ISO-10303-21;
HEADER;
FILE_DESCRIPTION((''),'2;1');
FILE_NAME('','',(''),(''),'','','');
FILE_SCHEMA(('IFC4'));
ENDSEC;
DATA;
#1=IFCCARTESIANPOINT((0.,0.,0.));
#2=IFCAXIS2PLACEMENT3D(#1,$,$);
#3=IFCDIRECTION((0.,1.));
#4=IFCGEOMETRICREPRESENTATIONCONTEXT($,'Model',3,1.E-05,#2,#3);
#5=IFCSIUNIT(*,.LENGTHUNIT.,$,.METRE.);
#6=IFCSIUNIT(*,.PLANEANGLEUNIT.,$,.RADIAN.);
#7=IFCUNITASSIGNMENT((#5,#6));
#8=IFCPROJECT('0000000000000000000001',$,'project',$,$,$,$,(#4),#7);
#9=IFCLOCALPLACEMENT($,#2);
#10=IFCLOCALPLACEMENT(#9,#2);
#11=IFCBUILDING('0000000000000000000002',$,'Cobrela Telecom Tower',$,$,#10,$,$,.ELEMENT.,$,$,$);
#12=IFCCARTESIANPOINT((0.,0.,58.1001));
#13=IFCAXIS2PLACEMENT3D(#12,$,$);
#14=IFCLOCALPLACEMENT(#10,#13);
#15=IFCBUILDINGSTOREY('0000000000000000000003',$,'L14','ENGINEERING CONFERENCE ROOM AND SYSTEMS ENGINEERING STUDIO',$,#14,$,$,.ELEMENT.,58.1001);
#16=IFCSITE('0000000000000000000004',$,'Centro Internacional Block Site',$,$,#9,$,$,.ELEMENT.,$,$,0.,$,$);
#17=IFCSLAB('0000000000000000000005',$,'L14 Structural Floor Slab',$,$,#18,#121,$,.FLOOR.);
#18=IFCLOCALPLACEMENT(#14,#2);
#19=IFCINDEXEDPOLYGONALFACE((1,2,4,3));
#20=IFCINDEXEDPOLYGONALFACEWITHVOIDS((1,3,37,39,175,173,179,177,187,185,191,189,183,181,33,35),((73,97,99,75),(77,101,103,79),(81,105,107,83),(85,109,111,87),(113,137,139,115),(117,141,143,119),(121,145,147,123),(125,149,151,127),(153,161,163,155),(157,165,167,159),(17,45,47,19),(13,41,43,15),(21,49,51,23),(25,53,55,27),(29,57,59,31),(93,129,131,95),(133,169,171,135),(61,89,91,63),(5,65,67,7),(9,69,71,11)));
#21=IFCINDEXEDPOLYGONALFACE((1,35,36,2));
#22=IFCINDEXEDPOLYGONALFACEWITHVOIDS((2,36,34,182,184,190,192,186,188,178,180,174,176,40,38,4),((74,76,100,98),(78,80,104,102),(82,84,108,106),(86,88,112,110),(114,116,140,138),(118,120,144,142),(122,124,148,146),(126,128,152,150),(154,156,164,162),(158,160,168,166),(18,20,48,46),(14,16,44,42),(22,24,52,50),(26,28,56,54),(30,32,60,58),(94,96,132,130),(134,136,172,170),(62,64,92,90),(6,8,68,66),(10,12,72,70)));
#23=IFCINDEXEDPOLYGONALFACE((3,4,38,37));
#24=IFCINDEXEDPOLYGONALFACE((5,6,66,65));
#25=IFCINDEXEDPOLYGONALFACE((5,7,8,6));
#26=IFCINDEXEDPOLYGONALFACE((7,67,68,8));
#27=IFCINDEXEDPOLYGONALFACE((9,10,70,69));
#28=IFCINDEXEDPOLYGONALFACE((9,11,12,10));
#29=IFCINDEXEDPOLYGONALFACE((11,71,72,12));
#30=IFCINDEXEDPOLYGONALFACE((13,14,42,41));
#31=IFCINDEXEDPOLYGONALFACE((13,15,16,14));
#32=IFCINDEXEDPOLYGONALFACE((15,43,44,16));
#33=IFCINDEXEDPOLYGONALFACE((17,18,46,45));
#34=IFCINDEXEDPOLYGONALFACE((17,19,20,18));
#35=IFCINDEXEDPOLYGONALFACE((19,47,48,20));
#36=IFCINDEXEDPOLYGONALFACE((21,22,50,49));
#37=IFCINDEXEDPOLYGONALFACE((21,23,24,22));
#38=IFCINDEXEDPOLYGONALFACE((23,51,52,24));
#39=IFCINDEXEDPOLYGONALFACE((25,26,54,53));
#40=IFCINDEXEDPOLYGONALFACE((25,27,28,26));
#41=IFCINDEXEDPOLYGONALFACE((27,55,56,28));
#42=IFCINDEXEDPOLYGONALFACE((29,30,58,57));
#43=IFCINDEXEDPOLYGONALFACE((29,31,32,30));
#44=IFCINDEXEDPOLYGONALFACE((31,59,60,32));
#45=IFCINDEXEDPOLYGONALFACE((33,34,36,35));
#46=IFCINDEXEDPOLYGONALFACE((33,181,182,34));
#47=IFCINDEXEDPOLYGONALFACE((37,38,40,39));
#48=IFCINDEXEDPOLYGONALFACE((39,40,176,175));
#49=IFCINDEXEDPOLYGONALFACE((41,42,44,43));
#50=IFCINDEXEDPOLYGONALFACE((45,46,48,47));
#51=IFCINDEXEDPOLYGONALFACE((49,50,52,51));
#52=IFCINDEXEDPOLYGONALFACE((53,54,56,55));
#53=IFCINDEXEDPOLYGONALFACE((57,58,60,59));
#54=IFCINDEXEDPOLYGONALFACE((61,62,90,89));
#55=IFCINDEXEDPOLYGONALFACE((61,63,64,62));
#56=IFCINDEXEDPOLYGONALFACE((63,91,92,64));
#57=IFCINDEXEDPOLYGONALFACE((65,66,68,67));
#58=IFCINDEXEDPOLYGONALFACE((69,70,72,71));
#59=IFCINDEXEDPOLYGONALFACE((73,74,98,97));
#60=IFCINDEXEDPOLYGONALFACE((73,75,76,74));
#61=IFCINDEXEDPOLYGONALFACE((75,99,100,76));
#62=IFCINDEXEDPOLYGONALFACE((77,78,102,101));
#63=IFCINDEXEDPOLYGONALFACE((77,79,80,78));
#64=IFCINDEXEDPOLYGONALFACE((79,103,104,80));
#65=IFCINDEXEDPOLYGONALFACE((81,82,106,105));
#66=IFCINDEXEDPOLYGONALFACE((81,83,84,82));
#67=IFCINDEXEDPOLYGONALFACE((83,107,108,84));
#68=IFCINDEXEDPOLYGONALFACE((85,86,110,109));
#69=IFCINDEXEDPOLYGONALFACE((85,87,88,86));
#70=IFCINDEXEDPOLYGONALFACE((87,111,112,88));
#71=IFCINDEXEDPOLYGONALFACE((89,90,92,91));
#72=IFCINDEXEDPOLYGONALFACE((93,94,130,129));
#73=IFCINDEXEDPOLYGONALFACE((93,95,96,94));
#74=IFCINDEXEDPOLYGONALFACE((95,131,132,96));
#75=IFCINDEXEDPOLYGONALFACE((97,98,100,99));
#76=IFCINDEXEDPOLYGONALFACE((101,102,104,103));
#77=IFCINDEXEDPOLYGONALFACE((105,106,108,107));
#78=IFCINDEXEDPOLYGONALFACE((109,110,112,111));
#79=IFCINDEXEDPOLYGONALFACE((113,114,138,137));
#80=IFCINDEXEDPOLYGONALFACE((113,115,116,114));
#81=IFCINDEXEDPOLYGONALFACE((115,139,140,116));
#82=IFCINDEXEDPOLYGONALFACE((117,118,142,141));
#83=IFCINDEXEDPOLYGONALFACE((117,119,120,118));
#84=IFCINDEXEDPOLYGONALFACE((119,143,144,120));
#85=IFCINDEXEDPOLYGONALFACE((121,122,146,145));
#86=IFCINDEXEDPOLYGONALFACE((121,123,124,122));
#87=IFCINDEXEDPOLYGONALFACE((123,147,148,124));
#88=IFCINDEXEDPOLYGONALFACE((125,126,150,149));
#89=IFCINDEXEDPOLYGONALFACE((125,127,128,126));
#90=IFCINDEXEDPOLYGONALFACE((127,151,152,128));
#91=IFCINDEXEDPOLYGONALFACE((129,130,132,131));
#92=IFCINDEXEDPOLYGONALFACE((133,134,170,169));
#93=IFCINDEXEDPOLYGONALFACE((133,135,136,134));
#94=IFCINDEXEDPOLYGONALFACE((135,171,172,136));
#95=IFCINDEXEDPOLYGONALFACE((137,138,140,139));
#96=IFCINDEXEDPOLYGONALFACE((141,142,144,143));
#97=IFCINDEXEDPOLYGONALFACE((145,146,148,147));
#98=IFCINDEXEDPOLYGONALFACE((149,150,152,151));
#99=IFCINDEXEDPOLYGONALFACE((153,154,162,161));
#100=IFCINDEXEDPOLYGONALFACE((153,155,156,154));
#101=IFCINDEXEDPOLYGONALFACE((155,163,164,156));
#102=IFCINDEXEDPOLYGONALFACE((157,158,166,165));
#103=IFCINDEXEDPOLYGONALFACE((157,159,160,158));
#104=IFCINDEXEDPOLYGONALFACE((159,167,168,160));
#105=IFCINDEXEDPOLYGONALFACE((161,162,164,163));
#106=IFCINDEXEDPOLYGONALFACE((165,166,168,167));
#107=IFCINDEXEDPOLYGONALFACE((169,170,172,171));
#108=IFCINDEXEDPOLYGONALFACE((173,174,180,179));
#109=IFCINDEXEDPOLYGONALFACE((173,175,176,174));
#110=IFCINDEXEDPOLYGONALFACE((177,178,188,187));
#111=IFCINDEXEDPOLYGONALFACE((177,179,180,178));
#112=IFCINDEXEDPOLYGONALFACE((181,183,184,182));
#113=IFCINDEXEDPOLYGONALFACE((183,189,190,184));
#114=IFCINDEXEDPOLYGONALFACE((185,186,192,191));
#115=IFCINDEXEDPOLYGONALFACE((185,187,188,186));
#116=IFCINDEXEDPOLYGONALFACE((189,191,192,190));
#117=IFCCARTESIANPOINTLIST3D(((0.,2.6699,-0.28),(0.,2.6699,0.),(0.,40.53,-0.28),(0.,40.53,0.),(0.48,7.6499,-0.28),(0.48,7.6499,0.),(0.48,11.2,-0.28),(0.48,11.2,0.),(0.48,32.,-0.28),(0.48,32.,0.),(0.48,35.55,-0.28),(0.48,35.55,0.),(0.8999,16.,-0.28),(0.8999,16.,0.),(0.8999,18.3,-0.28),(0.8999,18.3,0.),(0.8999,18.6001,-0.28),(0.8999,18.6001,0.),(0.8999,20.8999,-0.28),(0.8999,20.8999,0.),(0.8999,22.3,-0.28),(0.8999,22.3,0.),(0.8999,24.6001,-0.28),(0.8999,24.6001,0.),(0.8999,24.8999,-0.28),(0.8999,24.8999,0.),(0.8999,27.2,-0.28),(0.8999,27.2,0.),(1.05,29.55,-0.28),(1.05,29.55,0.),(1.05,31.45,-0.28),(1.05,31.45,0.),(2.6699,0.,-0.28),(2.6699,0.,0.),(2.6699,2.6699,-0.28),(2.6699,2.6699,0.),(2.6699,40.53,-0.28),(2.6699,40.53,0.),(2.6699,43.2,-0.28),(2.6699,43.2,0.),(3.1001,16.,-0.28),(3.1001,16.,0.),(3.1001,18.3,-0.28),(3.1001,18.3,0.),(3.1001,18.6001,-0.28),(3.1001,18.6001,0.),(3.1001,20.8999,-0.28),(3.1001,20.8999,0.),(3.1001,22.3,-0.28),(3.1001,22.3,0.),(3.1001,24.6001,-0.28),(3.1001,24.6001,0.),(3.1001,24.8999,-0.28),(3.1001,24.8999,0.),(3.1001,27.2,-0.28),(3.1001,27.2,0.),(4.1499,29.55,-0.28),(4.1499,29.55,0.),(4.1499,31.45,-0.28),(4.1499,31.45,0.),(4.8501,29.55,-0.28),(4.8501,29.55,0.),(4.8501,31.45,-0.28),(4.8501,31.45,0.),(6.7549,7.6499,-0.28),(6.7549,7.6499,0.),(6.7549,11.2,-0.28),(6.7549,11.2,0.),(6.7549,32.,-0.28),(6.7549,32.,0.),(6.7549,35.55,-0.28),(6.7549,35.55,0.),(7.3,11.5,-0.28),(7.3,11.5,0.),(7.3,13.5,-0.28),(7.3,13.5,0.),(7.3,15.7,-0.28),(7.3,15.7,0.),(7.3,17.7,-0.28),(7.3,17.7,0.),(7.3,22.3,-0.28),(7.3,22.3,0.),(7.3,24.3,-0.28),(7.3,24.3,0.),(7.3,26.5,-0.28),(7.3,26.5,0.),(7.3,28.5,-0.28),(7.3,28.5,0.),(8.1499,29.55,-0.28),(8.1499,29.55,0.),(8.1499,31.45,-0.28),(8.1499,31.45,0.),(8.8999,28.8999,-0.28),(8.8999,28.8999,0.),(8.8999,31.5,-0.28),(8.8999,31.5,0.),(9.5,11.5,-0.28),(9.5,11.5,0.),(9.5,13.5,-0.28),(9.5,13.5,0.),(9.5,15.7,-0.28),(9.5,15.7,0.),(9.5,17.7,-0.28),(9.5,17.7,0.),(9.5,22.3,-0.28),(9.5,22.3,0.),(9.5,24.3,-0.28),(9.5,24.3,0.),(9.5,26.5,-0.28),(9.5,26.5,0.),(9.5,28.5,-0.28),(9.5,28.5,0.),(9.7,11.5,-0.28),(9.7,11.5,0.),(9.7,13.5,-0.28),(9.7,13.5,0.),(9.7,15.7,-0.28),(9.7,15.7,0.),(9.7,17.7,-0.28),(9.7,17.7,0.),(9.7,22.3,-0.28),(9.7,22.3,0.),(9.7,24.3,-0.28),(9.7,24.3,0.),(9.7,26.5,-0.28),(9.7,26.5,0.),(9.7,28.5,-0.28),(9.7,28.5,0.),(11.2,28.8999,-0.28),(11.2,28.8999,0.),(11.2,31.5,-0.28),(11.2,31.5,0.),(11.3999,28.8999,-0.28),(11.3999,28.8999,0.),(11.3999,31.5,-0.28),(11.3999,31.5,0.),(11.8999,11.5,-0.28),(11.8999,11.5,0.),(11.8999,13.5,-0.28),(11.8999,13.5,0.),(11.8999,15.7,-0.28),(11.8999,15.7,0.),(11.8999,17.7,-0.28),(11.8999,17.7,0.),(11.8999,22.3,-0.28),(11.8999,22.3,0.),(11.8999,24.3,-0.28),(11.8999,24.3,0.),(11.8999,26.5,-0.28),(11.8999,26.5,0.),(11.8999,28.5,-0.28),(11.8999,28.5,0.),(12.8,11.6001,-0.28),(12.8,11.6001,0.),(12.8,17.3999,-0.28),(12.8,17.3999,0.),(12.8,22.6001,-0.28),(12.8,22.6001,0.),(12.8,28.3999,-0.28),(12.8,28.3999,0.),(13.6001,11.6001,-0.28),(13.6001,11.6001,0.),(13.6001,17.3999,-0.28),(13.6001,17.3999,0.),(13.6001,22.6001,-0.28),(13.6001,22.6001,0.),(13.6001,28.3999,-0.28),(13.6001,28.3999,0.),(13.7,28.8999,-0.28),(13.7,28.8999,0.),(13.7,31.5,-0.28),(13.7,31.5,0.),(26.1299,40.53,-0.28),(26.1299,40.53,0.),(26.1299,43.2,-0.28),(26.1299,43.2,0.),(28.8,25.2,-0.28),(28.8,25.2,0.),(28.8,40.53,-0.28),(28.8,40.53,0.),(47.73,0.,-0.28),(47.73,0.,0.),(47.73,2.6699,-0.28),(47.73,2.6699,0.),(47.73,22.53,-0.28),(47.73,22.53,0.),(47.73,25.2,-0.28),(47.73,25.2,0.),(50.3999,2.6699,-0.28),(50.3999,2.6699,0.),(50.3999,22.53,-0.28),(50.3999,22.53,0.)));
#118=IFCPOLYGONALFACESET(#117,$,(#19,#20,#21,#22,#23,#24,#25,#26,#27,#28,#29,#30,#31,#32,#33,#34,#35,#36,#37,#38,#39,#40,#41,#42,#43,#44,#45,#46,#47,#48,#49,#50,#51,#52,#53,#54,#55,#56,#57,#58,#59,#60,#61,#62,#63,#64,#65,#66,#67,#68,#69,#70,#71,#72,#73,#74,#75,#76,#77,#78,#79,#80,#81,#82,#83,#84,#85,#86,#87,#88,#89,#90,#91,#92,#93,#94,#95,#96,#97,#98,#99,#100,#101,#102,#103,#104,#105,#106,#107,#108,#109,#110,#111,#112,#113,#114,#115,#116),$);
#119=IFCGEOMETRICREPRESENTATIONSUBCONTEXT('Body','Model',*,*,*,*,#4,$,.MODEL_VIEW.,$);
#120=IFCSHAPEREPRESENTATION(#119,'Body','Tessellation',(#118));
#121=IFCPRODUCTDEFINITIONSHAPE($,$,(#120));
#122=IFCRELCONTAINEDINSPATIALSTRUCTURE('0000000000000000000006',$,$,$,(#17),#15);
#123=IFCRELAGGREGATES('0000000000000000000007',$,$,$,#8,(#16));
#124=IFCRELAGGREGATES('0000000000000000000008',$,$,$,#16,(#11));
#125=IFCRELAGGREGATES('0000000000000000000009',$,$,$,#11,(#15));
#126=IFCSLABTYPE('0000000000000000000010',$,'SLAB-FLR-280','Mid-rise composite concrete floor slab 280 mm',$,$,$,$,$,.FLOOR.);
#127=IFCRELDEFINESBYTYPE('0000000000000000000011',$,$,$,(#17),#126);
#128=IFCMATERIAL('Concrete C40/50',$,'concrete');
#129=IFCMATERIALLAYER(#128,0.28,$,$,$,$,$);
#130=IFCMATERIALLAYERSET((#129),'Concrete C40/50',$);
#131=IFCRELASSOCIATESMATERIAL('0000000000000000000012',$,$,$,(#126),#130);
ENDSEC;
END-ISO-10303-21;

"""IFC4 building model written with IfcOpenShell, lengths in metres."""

from ifc_helpers import new_model, si_unit, direction, frame, origin, place, context, subcontext, project, spatial, polyline, outline, extrude, material, layer, layer_set, type_object, element, save


model = new_model("IFC4")

# Units and contexts
model_context = context("Model", 3, precision=1e-05, world=origin(), true_north=direction((0.0, 1.0)))
body_context = subcontext(model_context, "Body", "Model", "MODEL_VIEW")
ifc_project = project(units=[si_unit("LENGTHUNIT", "METRE"), si_unit("PLANEANGLEUNIT", "RADIAN")], contexts=[model_context])

# Site, building, storey
site_placement = place(None, origin())
site = spatial("IfcSite", under=ifc_project, at=site_placement, Name="Centro Internacional Block Site", CompositionType="ELEMENT", RefElevation=0.0)
building_placement = place(site_placement, origin())
building = spatial("IfcBuilding", under=site, at=building_placement, Name="Cobrela Telecom Tower", CompositionType="ELEMENT")
storey_placement = place(building_placement, frame((0.0, 0.0, 58.1001)))
storey = spatial("IfcBuildingStorey", under=building, at=storey_placement, Name="L14", Description="ENGINEERING CONFERENCE ROOM AND SYSTEMS ENGINEERING STUDIO", CompositionType="ELEMENT", Elevation=58.1001)

# Slab, openings
ifc_material_1 = material(Name="Concrete C40/50", Category="concrete")
ifc_layer_1 = layer(ifc_material_1, 0.28)
ifc_layer_set_1 = layer_set([ifc_layer_1], Name="Concrete C40/50")
slab_type_1 = type_object("IfcSlabType", Name="SLAB-FLR-280", Description="Mid-rise composite concrete floor slab 280 mm", PredefinedType="FLOOR", material=ifc_layer_set_1)
slab_1_placement = place(storey_placement, frame((0.0, 0.0, -0.28)))
slab_1 = element("IfcSlab", 1, at=slab_1_placement, inside=storey, type_object=slab_type_1, Name="L14 Structural Floor Slab", PredefinedType="FLOOR", context=body_context, shape_type="SweptSolid", body=[
    extrude(outline(polyline([(2.6699, 0.0), (47.73, 0.0), (47.73, 2.6699), (50.3999, 2.6699), (50.3999, 22.53), (47.73, 22.53), (47.73, 25.2), (28.8, 25.2), (28.8, 40.53), (26.1299, 40.53), (26.1299, 43.2), (2.6699, 43.2), (2.6699, 40.53), (0.0, 40.53), (0.0, 2.6699), (2.6699, 2.6699), (2.6699, 0.0)])), origin(), (0.0, 0.0, 1.0), 0.28),
])
opening_1_placement = place(slab_1_placement, frame((0.0, 0.0, -0.02)))
element("IfcOpeningElement", 2, at=opening_1_placement, cuts=slab_1, PredefinedType="OPENING", context=body_context, shape_type="SweptSolid", body=[
    extrude(outline(polyline([(8.8999, 28.8999), (11.2, 28.8999), (11.2, 31.5), (8.8999, 31.5), (8.8999, 28.8999)])), origin(), (0.0, 0.0, 1.0), 0.3201),
])
opening_2_placement = place(slab_1_placement, frame((0.0, 0.0, -0.02)))
element("IfcOpeningElement", 3, at=opening_2_placement, cuts=slab_1, PredefinedType="OPENING", context=body_context, shape_type="SweptSolid", body=[
    extrude(outline(polyline([(11.3999, 28.8999), (13.7, 28.8999), (13.7, 31.5), (11.3999, 31.5), (11.3999, 28.8999)])), origin(), (0.0, 0.0, 1.0), 0.3201),
])
opening_3_placement = place(slab_1_placement, frame((0.0, 0.0, -0.02)))
element("IfcOpeningElement", 4, at=opening_3_placement, cuts=slab_1, PredefinedType="OPENING", context=body_context, shape_type="SweptSolid", body=[
    extrude(outline(polyline([(7.3, 22.3), (9.5, 22.3), (9.5, 24.3), (7.3, 24.3), (7.3, 22.3)])), origin(), (0.0, 0.0, 1.0), 0.3201),
])
opening_4_placement = place(slab_1_placement, frame((0.0, 0.0, -0.02)))
element("IfcOpeningElement", 5, at=opening_4_placement, cuts=slab_1, PredefinedType="OPENING", context=body_context, shape_type="SweptSolid", body=[
    extrude(outline(polyline([(9.7, 22.3), (11.8999, 22.3), (11.8999, 24.3), (9.7, 24.3), (9.7, 22.3)])), origin(), (0.0, 0.0, 1.0), 0.3201),
])
opening_5_placement = place(slab_1_placement, frame((0.0, 0.0, -0.02)))
element("IfcOpeningElement", 6, at=opening_5_placement, cuts=slab_1, PredefinedType="OPENING", context=body_context, shape_type="SweptSolid", body=[
    extrude(outline(polyline([(7.3, 26.5), (9.5, 26.5), (9.5, 28.5), (7.3, 28.5), (7.3, 26.5)])), origin(), (0.0, 0.0, 1.0), 0.3201),
])
opening_6_placement = place(slab_1_placement, frame((0.0, 0.0, -0.02)))
element("IfcOpeningElement", 7, at=opening_6_placement, cuts=slab_1, PredefinedType="OPENING", context=body_context, shape_type="SweptSolid", body=[
    extrude(outline(polyline([(9.7, 26.5), (11.8999, 26.5), (11.8999, 28.5), (9.7, 28.5), (9.7, 26.5)])), origin(), (0.0, 0.0, 1.0), 0.3201),
])
opening_7_placement = place(slab_1_placement, frame((0.0, 0.0, -0.02)))
element("IfcOpeningElement", 8, at=opening_7_placement, cuts=slab_1, PredefinedType="OPENING", context=body_context, shape_type="SweptSolid", body=[
    extrude(outline(polyline([(7.3, 15.7), (9.5, 15.7), (9.5, 17.7), (7.3, 17.7), (7.3, 15.7)])), origin(), (0.0, 0.0, 1.0), 0.3201),
])
opening_8_placement = place(slab_1_placement, frame((0.0, 0.0, -0.02)))
element("IfcOpeningElement", 9, at=opening_8_placement, cuts=slab_1, PredefinedType="OPENING", context=body_context, shape_type="SweptSolid", body=[
    extrude(outline(polyline([(9.7, 15.7), (11.8999, 15.7), (11.8999, 17.7), (9.7, 17.7), (9.7, 15.7)])), origin(), (0.0, 0.0, 1.0), 0.3201),
])
opening_9_placement = place(slab_1_placement, frame((0.0, 0.0, -0.02)))
element("IfcOpeningElement", 10, at=opening_9_placement, cuts=slab_1, PredefinedType="OPENING", context=body_context, shape_type="SweptSolid", body=[
    extrude(outline(polyline([(7.3, 11.5), (9.5, 11.5), (9.5, 13.5), (7.3, 13.5), (7.3, 11.5)])), origin(), (0.0, 0.0, 1.0), 0.3201),
])
opening_10_placement = place(slab_1_placement, frame((0.0, 0.0, -0.02)))
element("IfcOpeningElement", 11, at=opening_10_placement, cuts=slab_1, PredefinedType="OPENING", context=body_context, shape_type="SweptSolid", body=[
    extrude(outline(polyline([(9.7, 11.5), (11.8999, 11.5), (11.8999, 13.5), (9.7, 13.5), (9.7, 11.5)])), origin(), (0.0, 0.0, 1.0), 0.3201),
])
opening_11_placement = place(slab_1_placement, frame((0.0, 0.0, -0.02)))
element("IfcOpeningElement", 12, at=opening_11_placement, cuts=slab_1, PredefinedType="OPENING", context=body_context, shape_type="SweptSolid", body=[
    extrude(outline(polyline([(0.8999, 16.0), (3.1001, 16.0), (3.1001, 18.3), (0.8999, 18.3), (0.8999, 16.0)])), origin(), (0.0, 0.0, 1.0), 0.3201),
])
opening_12_placement = place(slab_1_placement, frame((0.0, 0.0, -0.02)))
element("IfcOpeningElement", 13, at=opening_12_placement, cuts=slab_1, PredefinedType="OPENING", context=body_context, shape_type="SweptSolid", body=[
    extrude(outline(polyline([(0.8999, 18.6001), (3.1001, 18.6001), (3.1001, 20.8999), (0.8999, 20.8999), (0.8999, 18.6001)])), origin(), (0.0, 0.0, 1.0), 0.3201),
])
opening_13_placement = place(slab_1_placement, frame((0.0, 0.0, -0.02)))
element("IfcOpeningElement", 14, at=opening_13_placement, cuts=slab_1, PredefinedType="OPENING", context=body_context, shape_type="SweptSolid", body=[
    extrude(outline(polyline([(0.8999, 22.3), (3.1001, 22.3), (3.1001, 24.6001), (0.8999, 24.6001), (0.8999, 22.3)])), origin(), (0.0, 0.0, 1.0), 0.3201),
])
opening_14_placement = place(slab_1_placement, frame((0.0, 0.0, -0.02)))
element("IfcOpeningElement", 15, at=opening_14_placement, cuts=slab_1, PredefinedType="OPENING", context=body_context, shape_type="SweptSolid", body=[
    extrude(outline(polyline([(0.8999, 24.8999), (3.1001, 24.8999), (3.1001, 27.2), (0.8999, 27.2), (0.8999, 24.8999)])), origin(), (0.0, 0.0, 1.0), 0.3201),
])
opening_15_placement = place(slab_1_placement, frame((0.0, 0.0, -0.02)))
element("IfcOpeningElement", 16, at=opening_15_placement, cuts=slab_1, PredefinedType="OPENING", context=body_context, shape_type="SweptSolid", body=[
    extrude(outline(polyline([(1.05, 29.55), (4.1499, 29.55), (4.1499, 31.45), (1.05, 31.45), (1.05, 29.55)])), origin(), (0.0, 0.0, 1.0), 0.3201),
])
opening_16_placement = place(slab_1_placement, frame((0.0, 0.0, -0.02)))
element("IfcOpeningElement", 17, at=opening_16_placement, cuts=slab_1, PredefinedType="OPENING", context=body_context, shape_type="SweptSolid", body=[
    extrude(outline(polyline([(4.8501, 29.55), (8.1499, 29.55), (8.1499, 31.45), (4.8501, 31.45), (4.8501, 29.55)])), origin(), (0.0, 0.0, 1.0), 0.3201),
])
opening_17_placement = place(slab_1_placement, frame((0.0, 0.0, -0.02)))
element("IfcOpeningElement", 18, at=opening_17_placement, cuts=slab_1, PredefinedType="OPENING", context=body_context, shape_type="SweptSolid", body=[
    extrude(outline(polyline([(12.8, 22.6001), (13.6001, 22.6001), (13.6001, 28.3999), (12.8, 28.3999), (12.8, 22.6001)])), origin(), (0.0, 0.0, 1.0), 0.3201),
])
opening_18_placement = place(slab_1_placement, frame((0.0, 0.0, -0.02)))
element("IfcOpeningElement", 19, at=opening_18_placement, cuts=slab_1, PredefinedType="OPENING", context=body_context, shape_type="SweptSolid", body=[
    extrude(outline(polyline([(12.8, 11.6001), (13.6001, 11.6001), (13.6001, 17.3999), (12.8, 17.3999), (12.8, 11.6001)])), origin(), (0.0, 0.0, 1.0), 0.3201),
])
opening_19_placement = place(slab_1_placement, frame((0.0, 0.0, -0.02)))
element("IfcOpeningElement", 20, at=opening_19_placement, cuts=slab_1, PredefinedType="OPENING", context=body_context, shape_type="SweptSolid", body=[
    extrude(outline(polyline([(6.7549, 35.55), (0.48, 35.55), (0.48, 32.0), (6.7549, 32.0), (6.7549, 35.55)])), origin(), (0.0, 0.0, 1.0), 0.3201),
])
opening_20_placement = place(slab_1_placement, frame((0.0, 0.0, -0.02)))
element("IfcOpeningElement", 21, at=opening_20_placement, cuts=slab_1, PredefinedType="OPENING", context=body_context, shape_type="SweptSolid", body=[
    extrude(outline(polyline([(6.7549, 11.2), (0.48, 11.2), (0.48, 7.6499), (6.7549, 7.6499), (6.7549, 11.2)])), origin(), (0.0, 0.0, 1.0), 0.3201),
])

save(model, "model.ifc")
